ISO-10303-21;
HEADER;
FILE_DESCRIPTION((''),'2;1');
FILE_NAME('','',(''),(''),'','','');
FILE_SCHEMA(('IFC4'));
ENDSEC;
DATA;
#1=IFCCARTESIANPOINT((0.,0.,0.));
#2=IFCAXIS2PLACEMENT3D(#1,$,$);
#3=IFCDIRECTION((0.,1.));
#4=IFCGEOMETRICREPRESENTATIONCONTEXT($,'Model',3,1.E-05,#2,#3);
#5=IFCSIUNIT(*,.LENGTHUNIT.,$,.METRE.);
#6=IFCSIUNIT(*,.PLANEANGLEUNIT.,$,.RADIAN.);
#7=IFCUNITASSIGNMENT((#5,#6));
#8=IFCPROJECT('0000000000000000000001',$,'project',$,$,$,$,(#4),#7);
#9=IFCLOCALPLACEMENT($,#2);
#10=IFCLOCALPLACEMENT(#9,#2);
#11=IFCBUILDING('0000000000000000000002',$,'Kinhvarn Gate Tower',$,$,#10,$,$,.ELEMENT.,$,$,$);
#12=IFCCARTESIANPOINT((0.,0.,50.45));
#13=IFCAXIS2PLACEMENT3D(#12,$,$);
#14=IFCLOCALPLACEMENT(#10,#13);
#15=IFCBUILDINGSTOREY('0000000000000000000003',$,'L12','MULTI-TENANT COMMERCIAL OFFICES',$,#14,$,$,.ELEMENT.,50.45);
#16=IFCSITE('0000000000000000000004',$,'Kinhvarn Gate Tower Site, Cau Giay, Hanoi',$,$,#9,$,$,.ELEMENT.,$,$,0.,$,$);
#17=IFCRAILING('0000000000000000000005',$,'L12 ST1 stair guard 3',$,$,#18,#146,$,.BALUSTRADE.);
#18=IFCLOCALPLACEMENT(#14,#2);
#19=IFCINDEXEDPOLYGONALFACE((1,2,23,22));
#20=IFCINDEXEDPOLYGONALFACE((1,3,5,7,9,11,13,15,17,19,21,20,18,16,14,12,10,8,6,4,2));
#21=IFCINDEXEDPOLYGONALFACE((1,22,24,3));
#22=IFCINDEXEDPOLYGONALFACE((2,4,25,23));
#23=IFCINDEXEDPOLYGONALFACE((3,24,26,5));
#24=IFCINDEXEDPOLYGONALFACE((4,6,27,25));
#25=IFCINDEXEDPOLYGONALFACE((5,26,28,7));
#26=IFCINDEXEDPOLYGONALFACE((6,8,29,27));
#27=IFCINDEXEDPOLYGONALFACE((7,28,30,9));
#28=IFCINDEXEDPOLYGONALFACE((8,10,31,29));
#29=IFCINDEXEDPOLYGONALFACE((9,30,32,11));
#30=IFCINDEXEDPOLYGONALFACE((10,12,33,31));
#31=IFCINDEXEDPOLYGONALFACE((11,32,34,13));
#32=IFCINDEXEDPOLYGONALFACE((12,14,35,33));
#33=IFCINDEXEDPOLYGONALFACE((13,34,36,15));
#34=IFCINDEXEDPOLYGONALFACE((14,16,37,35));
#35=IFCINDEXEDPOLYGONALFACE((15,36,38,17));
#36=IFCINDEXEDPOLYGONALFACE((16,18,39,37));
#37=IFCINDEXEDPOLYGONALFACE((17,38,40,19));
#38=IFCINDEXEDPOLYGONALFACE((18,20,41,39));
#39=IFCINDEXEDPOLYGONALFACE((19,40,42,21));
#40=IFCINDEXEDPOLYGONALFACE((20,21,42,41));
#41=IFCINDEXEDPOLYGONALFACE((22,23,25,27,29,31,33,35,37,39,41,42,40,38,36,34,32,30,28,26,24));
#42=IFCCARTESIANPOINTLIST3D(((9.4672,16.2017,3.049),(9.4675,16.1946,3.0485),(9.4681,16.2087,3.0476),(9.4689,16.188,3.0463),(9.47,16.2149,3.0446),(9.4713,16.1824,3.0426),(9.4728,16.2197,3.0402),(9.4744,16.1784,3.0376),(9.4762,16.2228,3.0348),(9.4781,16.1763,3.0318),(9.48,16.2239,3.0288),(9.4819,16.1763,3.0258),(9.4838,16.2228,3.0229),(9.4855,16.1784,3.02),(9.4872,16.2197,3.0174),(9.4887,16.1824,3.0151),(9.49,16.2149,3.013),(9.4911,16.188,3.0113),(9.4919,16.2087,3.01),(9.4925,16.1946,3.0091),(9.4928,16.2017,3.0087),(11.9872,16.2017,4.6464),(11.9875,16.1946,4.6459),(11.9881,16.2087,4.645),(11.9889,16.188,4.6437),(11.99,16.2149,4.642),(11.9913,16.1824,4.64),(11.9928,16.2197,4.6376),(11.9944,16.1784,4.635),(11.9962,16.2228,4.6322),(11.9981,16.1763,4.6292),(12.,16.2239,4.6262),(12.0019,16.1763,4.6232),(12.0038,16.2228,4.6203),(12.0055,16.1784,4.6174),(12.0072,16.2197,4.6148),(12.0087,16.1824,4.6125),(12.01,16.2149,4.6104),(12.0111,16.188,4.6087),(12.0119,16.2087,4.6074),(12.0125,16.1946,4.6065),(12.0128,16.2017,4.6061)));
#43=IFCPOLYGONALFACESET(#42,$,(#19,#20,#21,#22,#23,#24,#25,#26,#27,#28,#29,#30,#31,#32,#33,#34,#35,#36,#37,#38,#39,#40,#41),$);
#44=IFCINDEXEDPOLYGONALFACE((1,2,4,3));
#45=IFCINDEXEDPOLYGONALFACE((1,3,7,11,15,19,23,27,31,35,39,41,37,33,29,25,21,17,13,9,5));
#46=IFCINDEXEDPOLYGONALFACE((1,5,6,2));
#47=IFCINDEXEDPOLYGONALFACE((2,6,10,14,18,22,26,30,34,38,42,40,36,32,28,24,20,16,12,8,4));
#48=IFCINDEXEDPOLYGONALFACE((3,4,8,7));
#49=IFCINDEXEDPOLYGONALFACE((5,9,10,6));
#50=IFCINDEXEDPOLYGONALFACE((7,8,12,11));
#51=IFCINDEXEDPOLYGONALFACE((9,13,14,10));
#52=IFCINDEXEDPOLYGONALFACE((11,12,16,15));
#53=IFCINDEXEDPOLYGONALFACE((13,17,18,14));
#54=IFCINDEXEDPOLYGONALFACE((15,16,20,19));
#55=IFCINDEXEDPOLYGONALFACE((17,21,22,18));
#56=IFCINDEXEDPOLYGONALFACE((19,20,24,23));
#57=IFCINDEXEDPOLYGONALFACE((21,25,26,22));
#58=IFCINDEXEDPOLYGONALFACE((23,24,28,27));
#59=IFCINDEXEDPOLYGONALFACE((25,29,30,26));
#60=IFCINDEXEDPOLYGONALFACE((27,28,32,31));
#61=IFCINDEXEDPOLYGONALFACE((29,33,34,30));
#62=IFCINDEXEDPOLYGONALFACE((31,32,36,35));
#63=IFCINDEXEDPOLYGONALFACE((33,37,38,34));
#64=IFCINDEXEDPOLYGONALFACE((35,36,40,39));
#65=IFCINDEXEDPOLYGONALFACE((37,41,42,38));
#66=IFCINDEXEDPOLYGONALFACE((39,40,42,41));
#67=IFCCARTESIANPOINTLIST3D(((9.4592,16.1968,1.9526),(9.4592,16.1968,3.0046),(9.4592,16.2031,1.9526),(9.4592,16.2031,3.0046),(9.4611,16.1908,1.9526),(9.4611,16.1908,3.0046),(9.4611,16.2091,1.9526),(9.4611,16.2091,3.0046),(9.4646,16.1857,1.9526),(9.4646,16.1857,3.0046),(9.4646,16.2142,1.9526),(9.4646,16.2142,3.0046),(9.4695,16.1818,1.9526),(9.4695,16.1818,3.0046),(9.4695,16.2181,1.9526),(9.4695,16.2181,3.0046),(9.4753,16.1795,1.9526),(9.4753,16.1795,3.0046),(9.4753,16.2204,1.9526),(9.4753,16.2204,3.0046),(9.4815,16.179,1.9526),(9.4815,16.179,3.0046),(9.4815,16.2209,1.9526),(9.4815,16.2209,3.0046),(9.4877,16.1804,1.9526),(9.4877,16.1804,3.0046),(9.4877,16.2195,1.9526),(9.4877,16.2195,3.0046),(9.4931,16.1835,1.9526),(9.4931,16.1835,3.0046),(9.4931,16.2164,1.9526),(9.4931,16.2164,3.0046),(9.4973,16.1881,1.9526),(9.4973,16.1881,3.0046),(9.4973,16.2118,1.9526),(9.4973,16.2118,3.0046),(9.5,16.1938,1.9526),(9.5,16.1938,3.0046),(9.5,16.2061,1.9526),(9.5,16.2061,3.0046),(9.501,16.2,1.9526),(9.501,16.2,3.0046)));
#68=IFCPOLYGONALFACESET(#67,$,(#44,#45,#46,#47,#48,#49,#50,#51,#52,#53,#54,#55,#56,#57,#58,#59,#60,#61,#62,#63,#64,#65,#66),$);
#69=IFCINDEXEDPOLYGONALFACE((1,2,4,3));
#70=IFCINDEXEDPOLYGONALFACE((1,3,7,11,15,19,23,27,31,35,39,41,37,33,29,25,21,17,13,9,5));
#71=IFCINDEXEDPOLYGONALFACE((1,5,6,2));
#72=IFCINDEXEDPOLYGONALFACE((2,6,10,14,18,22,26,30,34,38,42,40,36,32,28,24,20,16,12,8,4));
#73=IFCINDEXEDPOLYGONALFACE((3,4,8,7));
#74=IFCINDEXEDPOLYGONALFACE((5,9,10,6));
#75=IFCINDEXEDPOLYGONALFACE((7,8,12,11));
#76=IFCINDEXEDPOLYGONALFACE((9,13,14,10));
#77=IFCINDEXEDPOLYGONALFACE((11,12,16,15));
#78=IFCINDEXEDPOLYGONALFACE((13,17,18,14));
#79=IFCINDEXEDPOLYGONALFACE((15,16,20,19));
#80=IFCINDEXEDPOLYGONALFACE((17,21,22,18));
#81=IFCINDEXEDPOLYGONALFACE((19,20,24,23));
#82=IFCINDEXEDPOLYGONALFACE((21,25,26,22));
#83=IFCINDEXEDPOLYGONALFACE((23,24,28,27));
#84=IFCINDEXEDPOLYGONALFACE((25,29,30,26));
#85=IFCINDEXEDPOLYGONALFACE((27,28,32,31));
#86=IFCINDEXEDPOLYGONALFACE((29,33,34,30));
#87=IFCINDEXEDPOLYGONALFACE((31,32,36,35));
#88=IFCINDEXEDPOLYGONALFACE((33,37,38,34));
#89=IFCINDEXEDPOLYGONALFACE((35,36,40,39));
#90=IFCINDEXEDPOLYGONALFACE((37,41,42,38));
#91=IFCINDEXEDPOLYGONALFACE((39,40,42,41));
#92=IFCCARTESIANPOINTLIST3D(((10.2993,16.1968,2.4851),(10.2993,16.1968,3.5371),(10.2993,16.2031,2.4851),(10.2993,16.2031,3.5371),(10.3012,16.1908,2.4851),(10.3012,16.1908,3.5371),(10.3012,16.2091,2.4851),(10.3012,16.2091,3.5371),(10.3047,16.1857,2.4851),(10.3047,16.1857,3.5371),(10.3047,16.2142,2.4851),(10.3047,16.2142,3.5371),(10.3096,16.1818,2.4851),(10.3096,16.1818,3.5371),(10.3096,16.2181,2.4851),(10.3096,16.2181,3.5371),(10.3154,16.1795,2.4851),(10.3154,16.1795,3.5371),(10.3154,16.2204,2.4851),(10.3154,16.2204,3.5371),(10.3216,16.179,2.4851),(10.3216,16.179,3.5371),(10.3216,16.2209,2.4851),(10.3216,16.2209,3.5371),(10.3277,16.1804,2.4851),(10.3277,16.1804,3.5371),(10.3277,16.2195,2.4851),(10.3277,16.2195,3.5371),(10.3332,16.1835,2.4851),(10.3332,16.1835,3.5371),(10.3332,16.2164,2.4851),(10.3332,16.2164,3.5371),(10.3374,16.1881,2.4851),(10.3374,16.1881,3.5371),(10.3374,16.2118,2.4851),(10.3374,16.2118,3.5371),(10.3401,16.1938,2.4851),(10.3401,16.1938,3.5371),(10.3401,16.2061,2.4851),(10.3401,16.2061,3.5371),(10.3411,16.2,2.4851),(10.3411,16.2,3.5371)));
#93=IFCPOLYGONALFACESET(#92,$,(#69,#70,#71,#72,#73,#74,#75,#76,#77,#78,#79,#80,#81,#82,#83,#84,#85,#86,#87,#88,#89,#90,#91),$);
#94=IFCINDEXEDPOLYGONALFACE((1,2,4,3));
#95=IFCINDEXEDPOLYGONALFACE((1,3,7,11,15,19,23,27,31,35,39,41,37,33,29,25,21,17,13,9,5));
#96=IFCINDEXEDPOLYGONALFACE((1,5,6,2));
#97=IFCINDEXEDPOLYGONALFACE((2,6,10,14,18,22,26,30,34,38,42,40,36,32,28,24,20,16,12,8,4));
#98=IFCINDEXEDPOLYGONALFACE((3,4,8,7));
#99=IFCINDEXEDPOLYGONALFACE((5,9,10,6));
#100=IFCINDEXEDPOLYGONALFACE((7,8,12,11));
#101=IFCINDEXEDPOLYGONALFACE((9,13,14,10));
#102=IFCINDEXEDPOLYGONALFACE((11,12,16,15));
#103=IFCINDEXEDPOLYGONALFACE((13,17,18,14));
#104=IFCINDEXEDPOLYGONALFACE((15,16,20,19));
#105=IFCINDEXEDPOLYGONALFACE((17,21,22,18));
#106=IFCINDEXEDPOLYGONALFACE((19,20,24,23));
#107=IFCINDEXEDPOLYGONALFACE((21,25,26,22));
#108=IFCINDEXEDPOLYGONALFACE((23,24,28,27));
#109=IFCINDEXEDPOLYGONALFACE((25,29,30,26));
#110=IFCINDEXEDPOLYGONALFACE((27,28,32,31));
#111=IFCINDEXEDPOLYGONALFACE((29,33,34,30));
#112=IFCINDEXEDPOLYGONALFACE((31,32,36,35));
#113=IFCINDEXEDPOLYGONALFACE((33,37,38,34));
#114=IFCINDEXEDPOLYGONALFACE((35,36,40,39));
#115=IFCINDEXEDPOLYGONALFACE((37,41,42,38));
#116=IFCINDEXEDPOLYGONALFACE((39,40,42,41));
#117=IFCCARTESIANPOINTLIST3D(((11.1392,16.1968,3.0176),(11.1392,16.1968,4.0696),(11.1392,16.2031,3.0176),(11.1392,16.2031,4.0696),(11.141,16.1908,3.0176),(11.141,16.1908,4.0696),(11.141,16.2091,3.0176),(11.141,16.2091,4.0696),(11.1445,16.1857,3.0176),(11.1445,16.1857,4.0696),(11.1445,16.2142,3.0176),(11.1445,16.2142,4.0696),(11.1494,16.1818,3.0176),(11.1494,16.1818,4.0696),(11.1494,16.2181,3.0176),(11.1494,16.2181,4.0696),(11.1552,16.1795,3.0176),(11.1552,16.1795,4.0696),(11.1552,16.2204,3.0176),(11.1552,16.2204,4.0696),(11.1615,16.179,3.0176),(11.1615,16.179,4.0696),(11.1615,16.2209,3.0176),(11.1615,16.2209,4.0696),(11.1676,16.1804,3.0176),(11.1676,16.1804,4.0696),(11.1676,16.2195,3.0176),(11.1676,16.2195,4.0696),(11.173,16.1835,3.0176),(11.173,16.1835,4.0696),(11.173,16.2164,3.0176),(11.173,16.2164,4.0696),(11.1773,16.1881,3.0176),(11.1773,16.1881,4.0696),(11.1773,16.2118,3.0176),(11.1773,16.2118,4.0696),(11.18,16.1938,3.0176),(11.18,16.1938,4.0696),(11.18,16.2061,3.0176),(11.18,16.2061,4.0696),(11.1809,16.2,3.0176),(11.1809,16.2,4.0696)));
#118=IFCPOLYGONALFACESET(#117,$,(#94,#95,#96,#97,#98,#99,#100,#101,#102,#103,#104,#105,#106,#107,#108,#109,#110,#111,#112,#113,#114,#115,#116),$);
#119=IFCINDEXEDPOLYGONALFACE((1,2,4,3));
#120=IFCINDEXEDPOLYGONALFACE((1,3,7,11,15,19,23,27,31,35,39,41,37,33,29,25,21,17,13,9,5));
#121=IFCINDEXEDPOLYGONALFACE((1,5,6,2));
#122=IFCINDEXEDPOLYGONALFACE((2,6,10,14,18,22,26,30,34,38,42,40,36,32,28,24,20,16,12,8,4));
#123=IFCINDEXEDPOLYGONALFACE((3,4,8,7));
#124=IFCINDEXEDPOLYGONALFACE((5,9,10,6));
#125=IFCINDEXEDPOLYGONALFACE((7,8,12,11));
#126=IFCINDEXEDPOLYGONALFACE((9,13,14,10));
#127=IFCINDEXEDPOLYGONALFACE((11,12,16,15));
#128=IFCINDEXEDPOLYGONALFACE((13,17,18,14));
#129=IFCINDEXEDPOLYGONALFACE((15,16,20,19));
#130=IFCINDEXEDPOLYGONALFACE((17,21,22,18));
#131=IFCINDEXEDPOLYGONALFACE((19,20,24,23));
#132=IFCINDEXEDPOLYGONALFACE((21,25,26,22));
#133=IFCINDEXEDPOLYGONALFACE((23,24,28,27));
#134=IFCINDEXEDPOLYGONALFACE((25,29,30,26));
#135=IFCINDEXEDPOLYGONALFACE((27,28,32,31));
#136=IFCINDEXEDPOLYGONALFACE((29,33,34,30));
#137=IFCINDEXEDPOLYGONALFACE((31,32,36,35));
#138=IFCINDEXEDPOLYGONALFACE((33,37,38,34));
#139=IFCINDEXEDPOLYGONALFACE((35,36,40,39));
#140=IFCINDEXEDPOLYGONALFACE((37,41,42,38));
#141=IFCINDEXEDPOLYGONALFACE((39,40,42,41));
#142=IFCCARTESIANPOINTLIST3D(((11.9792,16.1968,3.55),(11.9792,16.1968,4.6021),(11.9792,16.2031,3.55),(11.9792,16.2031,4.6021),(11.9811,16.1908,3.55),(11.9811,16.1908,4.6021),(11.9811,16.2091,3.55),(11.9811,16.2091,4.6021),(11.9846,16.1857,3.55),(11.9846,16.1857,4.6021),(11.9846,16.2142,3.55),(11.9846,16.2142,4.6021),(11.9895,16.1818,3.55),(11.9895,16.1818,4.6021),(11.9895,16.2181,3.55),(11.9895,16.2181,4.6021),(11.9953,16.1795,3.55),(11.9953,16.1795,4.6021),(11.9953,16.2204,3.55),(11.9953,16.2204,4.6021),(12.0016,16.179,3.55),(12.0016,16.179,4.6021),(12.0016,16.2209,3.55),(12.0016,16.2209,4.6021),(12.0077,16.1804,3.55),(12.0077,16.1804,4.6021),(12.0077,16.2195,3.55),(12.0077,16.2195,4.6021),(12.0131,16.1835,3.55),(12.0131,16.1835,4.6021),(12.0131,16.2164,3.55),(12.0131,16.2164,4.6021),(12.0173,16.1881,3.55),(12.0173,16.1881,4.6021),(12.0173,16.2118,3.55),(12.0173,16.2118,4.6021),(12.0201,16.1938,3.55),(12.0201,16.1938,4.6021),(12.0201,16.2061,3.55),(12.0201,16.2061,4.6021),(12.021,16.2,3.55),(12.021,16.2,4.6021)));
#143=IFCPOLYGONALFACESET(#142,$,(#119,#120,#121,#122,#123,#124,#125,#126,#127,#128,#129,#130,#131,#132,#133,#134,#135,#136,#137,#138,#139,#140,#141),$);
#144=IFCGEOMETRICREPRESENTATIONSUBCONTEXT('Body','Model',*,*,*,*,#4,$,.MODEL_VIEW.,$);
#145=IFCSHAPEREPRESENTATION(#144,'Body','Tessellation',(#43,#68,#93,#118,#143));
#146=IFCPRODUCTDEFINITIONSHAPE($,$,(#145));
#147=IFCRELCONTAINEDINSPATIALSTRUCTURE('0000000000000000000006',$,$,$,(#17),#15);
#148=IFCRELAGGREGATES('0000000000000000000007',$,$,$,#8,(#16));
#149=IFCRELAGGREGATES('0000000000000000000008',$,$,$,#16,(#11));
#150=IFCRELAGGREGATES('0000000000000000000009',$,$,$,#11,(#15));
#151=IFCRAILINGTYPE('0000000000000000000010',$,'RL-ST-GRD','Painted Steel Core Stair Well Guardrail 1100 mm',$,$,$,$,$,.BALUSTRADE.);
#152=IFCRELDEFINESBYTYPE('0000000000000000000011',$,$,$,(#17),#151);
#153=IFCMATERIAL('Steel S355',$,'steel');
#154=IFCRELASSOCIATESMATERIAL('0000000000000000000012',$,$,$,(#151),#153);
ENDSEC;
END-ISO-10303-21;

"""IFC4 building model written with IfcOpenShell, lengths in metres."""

from ifc_helpers import new_model, si_unit, direction, frame, origin, origin_2d, place, context, subcontext, project, spatial, circle, extrude, material, type_object, element, save


model = new_model("IFC4")

# Units and contexts
model_context = context("Model", 3, precision=1e-05, world=origin(), true_north=direction((0.0, 1.0)))
body_context = subcontext(model_context, "Body", "Model", "MODEL_VIEW")
ifc_project = project(units=[si_unit("LENGTHUNIT", "METRE"), si_unit("PLANEANGLEUNIT", "RADIAN")], contexts=[model_context])

# Site, building, storey
site_placement = place(None, origin())
site = spatial("IfcSite", under=ifc_project, at=site_placement, Name="Kinhvarn Gate Tower Site, Cau Giay, Hanoi", CompositionType="ELEMENT", RefElevation=0.0)
building_placement = place(site_placement, origin())
building = spatial("IfcBuilding", under=site, at=building_placement, Name="Kinhvarn Gate Tower", CompositionType="ELEMENT")
storey_placement = place(building_placement, frame((0.0, 0.0, 50.45)))
storey = spatial("IfcBuildingStorey", under=building, at=storey_placement, Name="L12", Description="MULTI-TENANT COMMERCIAL OFFICES", CompositionType="ELEMENT", Elevation=50.45)

# Shared definitions
ifc_material_1 = material(Name="Steel S355", Category="steel")

# Railing
railing_type_1 = type_object("IfcRailingType", Name="RL-ST-GRD", Description="Painted Steel Core Stair Well Guardrail 1100 mm", PredefinedType="BALUSTRADE", material=ifc_material_1)
railing_1_placement = place(storey_placement, frame((9.48, 16.2, 1.9526)))
element("IfcRailing", 1, at=railing_1_placement, inside=storey, type_object=railing_type_1, Name="L12 ST1 stair guard 3", PredefinedType="BALUSTRADE", context=body_context, shape_type="SweptSolid", body=[
    extrude(circle(Radius=0.0239, at=origin_2d()), frame((0.0, 0.0, 1.0762), z_axis=(0.844607, 0.0, 0.535387), x_axis=(0.0, 1.0, 0.0)), (0.0, 0.0, 1.0), 2.9836),
    extrude(circle(Radius=0.021, at=origin_2d()), origin(), (0.0, 0.0, 1.0), 1.052),
    extrude(circle(Radius=0.021, at=origin_2d()), frame((0.8401, 0.0, 0.5325)), (0.0, 0.0, 1.0), 1.052),
    extrude(circle(Radius=0.021, at=origin_2d()), frame((1.6799, 0.0, 1.0649)), (0.0, 0.0, 1.0), 1.052),
    extrude(circle(Radius=0.021, at=origin_2d()), frame((2.52, 0.0, 1.5974)), (0.0, 0.0, 1.0), 1.052),
])

save(model, "model.ifc")
